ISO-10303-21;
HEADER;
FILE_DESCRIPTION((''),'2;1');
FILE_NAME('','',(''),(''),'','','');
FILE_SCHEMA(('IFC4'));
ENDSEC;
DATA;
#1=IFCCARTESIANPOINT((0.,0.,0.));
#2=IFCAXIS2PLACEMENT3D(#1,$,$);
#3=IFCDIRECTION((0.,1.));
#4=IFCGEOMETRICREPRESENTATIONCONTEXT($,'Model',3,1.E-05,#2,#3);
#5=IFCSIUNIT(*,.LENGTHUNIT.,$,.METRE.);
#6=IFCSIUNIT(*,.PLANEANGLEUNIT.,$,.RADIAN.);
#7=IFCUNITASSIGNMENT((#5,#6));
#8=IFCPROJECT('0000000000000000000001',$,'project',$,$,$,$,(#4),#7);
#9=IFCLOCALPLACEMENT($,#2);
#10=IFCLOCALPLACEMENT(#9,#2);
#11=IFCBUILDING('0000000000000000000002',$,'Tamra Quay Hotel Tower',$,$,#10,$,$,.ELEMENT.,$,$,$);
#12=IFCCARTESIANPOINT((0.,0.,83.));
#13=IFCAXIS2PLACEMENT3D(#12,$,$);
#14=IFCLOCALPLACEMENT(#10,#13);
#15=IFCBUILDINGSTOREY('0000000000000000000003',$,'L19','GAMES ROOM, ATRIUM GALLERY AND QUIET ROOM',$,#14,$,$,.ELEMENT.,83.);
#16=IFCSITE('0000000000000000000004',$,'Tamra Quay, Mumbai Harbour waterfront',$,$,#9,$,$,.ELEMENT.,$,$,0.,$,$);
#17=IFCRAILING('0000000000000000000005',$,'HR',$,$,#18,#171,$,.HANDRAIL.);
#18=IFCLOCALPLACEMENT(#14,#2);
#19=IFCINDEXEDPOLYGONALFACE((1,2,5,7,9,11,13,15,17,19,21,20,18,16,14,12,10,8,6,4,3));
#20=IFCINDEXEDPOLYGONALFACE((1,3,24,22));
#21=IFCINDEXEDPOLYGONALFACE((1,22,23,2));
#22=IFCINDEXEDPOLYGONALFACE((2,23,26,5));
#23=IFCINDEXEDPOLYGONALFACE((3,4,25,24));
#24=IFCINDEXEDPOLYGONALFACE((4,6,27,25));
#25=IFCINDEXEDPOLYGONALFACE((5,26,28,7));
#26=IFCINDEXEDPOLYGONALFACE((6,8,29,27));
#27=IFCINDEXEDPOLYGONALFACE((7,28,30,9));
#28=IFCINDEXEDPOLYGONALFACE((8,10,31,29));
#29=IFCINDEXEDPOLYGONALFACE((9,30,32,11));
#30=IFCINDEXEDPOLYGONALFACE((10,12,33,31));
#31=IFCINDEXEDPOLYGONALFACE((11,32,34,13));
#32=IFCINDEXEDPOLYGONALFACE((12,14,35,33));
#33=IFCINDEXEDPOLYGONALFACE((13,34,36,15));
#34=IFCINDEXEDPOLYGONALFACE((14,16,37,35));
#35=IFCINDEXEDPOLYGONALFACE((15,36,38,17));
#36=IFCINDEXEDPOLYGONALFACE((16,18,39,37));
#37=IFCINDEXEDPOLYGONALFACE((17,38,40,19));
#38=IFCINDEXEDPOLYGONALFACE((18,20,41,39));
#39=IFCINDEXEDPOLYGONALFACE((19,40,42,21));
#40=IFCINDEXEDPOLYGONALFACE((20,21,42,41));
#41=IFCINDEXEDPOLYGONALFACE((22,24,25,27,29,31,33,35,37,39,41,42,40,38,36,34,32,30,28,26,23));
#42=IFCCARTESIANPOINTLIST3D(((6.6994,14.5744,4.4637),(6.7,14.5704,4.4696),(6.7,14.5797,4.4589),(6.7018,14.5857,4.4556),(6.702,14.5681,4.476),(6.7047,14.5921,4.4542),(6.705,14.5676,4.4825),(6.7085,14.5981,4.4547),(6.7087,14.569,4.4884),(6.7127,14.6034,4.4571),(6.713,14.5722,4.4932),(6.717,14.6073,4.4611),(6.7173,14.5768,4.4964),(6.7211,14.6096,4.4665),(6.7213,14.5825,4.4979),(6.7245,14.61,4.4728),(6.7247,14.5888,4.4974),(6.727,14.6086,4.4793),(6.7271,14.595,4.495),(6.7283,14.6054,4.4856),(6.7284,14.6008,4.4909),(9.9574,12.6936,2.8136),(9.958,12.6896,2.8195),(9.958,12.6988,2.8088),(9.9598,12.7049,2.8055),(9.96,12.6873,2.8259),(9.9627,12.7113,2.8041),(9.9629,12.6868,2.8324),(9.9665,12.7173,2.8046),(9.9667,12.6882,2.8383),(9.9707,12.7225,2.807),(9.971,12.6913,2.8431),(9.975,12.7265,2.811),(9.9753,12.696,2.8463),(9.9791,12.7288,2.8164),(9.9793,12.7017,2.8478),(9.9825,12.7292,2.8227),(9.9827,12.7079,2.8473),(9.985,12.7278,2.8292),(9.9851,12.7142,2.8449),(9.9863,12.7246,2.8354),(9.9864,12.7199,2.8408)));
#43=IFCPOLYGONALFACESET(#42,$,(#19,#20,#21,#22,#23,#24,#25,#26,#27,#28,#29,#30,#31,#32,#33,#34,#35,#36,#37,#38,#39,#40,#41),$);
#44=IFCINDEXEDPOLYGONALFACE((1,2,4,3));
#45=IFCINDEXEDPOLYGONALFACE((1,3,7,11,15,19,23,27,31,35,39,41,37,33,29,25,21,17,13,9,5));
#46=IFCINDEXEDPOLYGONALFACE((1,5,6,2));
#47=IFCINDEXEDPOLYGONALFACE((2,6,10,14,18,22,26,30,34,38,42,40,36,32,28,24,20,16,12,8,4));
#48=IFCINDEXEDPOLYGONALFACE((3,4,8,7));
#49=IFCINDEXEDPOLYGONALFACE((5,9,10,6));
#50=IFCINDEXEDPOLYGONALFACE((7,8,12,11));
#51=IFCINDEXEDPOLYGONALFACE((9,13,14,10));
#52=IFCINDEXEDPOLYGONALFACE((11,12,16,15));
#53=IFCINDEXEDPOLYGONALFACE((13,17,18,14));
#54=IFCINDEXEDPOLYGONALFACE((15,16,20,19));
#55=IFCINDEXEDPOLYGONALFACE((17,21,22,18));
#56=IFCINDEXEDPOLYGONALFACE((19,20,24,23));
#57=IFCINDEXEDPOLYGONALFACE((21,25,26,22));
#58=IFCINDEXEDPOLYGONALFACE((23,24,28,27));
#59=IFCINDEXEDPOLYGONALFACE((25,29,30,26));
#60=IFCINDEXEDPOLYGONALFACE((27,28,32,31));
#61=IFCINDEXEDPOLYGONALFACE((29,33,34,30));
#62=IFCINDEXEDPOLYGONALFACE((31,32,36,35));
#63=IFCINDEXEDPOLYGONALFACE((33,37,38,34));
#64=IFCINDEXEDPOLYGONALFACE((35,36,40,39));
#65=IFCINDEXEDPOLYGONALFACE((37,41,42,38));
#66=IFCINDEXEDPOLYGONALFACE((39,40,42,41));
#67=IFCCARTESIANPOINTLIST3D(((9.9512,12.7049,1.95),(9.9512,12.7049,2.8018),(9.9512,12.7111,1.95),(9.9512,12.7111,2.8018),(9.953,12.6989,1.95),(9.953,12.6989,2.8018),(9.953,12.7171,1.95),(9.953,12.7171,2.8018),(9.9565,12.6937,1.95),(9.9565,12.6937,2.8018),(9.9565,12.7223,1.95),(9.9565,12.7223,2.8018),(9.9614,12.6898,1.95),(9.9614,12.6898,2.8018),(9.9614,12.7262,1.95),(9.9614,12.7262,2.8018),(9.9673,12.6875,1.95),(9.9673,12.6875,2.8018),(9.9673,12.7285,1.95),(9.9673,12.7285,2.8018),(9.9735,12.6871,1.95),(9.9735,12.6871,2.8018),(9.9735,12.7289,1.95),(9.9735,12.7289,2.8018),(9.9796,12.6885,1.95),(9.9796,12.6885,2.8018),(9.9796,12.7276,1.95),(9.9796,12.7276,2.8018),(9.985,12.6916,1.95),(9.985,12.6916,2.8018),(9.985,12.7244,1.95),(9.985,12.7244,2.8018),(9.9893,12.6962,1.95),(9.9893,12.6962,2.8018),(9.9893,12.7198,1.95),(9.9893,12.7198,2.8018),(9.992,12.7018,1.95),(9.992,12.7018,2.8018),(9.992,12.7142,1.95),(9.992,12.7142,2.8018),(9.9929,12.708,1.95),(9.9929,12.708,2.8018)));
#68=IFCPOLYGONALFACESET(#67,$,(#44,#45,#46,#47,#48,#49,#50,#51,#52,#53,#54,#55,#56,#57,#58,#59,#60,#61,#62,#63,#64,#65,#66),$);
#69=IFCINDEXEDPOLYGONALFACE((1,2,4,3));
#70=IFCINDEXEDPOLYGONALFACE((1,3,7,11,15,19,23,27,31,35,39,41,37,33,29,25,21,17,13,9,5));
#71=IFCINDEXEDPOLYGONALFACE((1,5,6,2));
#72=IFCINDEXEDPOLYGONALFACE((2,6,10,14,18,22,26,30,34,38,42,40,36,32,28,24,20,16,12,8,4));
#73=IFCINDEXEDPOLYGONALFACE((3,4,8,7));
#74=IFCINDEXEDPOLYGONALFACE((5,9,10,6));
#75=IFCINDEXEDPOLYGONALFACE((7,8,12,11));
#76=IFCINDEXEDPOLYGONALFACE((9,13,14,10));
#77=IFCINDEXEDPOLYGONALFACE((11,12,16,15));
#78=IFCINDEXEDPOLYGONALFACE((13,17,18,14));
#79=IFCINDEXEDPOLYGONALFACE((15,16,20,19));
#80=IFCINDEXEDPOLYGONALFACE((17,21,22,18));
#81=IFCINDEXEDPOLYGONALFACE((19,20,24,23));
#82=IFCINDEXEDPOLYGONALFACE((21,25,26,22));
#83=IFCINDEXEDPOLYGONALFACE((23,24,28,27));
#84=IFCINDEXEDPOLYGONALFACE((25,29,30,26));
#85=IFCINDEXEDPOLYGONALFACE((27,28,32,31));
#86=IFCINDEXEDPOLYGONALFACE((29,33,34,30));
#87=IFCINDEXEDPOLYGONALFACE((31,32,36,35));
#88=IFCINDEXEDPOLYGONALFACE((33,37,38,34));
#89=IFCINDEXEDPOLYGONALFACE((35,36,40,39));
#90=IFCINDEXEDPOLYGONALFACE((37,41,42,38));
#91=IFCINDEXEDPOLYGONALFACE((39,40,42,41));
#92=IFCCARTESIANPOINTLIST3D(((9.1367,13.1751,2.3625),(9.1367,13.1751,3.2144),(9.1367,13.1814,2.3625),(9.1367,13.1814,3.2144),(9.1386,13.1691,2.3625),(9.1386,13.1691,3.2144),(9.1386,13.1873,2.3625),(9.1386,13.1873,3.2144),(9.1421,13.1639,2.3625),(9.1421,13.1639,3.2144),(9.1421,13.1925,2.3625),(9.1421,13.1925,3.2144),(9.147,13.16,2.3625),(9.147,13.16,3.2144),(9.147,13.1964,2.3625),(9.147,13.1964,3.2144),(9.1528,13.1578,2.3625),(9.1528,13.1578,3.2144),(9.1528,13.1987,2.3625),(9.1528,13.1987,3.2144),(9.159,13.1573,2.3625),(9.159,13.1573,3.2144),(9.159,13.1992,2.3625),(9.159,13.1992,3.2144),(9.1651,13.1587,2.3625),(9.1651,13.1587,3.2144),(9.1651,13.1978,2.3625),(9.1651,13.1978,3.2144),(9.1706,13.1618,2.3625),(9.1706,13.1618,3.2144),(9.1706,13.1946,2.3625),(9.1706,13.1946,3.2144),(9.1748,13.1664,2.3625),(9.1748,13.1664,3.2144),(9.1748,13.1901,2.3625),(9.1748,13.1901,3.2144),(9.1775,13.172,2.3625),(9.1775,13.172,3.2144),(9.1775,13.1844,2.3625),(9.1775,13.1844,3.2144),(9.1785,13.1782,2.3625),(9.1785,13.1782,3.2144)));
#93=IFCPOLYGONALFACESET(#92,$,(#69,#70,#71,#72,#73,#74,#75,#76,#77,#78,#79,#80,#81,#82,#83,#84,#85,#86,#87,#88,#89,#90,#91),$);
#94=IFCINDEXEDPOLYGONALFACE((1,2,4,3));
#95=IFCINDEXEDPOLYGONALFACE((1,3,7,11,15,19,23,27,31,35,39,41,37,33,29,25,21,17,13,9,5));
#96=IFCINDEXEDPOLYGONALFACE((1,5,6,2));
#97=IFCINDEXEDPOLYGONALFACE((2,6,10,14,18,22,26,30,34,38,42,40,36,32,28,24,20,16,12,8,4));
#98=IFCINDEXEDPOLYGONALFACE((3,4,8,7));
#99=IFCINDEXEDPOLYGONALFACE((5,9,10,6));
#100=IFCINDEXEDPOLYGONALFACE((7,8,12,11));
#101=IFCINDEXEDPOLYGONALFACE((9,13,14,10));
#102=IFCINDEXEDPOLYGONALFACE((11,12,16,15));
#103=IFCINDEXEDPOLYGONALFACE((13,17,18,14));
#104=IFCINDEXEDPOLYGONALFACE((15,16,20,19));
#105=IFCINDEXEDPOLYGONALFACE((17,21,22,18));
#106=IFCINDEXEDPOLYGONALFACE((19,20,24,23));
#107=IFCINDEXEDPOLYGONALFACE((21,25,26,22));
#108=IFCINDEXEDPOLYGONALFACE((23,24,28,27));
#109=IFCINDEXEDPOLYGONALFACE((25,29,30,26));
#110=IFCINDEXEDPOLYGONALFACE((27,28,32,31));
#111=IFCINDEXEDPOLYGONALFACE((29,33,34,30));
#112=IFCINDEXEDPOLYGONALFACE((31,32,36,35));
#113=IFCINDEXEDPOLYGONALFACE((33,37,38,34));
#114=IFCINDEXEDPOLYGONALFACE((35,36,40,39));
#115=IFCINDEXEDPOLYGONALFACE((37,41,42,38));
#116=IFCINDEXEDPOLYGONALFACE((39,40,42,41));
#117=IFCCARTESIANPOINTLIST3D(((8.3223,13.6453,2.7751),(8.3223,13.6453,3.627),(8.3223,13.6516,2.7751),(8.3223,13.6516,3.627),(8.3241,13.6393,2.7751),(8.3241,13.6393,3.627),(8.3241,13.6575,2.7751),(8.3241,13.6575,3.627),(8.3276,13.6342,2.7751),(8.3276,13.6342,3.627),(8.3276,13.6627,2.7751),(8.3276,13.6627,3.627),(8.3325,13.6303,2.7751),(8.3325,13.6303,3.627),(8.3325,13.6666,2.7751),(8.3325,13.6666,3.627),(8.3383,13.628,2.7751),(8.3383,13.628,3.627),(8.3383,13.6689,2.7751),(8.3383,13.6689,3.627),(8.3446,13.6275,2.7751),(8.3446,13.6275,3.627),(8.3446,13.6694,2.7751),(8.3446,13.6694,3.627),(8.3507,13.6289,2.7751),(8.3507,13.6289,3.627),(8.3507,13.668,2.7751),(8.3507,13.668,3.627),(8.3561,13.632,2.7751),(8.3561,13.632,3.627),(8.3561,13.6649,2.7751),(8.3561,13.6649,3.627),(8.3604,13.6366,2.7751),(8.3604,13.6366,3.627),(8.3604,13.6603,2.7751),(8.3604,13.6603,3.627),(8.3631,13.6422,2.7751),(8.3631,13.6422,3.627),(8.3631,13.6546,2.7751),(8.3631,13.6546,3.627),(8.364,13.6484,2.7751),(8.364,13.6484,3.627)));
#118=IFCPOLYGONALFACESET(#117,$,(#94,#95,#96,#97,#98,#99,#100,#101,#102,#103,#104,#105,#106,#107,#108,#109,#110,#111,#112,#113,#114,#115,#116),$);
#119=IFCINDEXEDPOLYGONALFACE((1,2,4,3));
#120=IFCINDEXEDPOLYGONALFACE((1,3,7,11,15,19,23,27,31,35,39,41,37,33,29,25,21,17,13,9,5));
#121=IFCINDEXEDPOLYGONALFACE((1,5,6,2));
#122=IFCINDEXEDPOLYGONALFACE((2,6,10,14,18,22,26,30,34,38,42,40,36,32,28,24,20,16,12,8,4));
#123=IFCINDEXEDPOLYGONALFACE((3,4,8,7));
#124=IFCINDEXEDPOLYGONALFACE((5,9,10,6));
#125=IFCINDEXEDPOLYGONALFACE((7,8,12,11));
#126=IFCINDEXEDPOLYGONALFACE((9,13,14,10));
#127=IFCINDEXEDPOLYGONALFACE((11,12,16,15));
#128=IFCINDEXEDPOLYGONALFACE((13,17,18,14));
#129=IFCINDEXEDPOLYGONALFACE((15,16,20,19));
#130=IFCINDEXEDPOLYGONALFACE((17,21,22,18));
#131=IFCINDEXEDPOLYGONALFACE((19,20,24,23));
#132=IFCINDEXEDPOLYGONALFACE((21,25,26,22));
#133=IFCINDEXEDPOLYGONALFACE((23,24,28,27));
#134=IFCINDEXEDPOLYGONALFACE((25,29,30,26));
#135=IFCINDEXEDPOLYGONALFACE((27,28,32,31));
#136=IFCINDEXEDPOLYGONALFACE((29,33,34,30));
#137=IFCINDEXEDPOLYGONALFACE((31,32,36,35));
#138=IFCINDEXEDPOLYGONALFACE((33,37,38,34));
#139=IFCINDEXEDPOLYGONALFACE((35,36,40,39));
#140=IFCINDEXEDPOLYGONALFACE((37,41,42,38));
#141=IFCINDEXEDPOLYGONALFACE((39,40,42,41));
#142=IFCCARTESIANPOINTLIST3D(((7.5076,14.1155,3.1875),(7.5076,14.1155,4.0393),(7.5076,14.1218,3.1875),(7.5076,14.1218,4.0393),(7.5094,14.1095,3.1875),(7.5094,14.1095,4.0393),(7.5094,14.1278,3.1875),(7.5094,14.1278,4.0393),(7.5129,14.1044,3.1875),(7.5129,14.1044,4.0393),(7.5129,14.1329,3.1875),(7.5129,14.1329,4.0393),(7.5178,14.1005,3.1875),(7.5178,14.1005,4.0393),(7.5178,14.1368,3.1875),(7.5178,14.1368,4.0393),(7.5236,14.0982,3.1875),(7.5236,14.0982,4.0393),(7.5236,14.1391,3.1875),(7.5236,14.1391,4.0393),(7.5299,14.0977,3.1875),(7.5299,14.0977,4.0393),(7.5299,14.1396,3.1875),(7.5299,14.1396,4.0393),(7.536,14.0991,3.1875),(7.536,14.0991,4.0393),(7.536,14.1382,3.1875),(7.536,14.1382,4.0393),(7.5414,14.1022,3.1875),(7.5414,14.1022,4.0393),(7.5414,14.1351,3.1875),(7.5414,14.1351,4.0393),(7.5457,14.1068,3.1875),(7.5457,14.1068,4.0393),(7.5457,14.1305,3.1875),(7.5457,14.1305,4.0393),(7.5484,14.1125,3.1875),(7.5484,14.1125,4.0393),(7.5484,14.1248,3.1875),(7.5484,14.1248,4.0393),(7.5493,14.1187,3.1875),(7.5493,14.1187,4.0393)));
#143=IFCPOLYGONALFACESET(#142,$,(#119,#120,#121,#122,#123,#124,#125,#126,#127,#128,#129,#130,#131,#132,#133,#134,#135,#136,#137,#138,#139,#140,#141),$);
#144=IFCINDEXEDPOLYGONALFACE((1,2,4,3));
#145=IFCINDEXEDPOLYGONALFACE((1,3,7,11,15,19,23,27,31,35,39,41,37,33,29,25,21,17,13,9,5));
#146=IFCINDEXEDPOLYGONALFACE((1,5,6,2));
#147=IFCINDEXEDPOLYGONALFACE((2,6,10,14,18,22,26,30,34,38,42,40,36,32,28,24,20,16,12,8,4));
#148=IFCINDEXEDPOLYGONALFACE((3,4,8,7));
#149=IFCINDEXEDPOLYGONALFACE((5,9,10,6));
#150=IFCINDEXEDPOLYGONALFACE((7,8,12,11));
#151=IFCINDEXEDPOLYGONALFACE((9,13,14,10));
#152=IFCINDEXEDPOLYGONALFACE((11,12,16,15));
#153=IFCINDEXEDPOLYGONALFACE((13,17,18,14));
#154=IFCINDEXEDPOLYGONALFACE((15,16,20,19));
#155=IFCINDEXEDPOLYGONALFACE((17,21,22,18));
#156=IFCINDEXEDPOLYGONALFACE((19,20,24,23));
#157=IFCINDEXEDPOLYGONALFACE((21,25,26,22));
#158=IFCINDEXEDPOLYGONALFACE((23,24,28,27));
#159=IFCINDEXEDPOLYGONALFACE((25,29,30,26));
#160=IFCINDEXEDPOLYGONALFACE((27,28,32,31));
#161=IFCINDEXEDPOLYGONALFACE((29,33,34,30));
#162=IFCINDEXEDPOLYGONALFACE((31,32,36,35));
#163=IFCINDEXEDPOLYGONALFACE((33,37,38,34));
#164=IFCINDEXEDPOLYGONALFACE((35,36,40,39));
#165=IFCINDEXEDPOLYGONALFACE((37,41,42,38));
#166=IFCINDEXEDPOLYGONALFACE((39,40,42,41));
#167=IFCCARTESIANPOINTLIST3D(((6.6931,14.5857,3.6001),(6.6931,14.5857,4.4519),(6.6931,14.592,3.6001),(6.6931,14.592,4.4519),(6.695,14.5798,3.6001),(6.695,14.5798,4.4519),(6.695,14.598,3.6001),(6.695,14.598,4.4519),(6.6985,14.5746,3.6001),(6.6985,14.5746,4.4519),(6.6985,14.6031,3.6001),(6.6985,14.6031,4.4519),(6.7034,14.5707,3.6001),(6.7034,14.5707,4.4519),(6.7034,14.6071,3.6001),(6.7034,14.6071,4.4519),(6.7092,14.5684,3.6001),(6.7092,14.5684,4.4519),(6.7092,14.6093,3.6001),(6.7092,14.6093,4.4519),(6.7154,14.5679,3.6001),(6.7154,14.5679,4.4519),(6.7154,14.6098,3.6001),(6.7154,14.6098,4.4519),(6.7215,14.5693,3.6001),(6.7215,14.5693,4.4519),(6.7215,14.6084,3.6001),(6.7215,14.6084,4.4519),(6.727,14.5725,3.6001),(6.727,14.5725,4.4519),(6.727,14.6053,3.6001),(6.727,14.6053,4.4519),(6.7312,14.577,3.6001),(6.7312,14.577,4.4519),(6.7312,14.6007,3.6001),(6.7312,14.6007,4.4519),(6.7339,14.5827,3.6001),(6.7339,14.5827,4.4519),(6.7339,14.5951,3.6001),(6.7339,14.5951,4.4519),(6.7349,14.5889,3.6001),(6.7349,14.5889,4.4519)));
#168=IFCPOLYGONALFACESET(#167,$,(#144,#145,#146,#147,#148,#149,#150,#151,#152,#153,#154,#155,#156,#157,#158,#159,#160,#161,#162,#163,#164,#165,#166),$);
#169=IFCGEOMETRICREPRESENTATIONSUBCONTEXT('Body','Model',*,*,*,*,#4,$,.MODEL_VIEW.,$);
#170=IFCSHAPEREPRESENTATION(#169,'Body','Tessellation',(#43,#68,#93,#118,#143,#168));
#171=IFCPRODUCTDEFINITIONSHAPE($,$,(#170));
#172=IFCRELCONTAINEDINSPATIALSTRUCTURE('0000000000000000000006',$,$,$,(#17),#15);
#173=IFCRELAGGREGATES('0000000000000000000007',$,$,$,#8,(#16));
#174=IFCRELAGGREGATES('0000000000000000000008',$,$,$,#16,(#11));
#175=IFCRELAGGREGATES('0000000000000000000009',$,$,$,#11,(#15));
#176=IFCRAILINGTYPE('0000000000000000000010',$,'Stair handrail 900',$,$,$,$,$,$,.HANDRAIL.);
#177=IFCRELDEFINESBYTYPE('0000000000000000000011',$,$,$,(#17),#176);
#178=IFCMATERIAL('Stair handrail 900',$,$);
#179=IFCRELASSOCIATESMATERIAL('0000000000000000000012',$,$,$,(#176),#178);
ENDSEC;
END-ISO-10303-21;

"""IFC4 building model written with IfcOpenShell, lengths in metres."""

from ifc_helpers import new_model, si_unit, direction, frame, origin, origin_2d, place, context, subcontext, project, spatial, circle, extrude, material, type_object, element, save


model = new_model("IFC4")

# Units and contexts
model_context = context("Model", 3, precision=1e-05, world=origin(), true_north=direction((0.0, 1.0)))
body_context = subcontext(model_context, "Body", "Model", "MODEL_VIEW")
ifc_project = project(units=[si_unit("LENGTHUNIT", "METRE"), si_unit("PLANEANGLEUNIT", "RADIAN")], contexts=[model_context])

# Site, building, storey
site_placement = place(None, origin())
site = spatial("IfcSite", under=ifc_project, at=site_placement, Name="Tamra Quay, Mumbai Harbour waterfront", CompositionType="ELEMENT", RefElevation=0.0)
building_placement = place(site_placement, origin())
building = spatial("IfcBuilding", under=site, at=building_placement, Name="Tamra Quay Hotel Tower", CompositionType="ELEMENT")
storey_placement = place(building_placement, frame((0.0, 0.0, 83.0)))
storey = spatial("IfcBuildingStorey", under=building, at=storey_placement, Name="L19", Description="GAMES ROOM, ATRIUM GALLERY AND QUIET ROOM", CompositionType="ELEMENT", Elevation=83.0)

# Railing
ifc_material_1 = material(Name="Stair handrail 900")
railing_type_1 = type_object("IfcRailingType", Name="Stair handrail 900", PredefinedType="HANDRAIL", material=ifc_material_1)
railing_1_placement = place(storey_placement, frame((9.9719, 12.708, 1.95)))
element("IfcRailing", 1, at=railing_1_placement, inside=storey, type_object=railing_type_1, Name="HR", PredefinedType="HANDRAIL", context=body_context, shape_type="SweptSolid", body=[
    extrude(circle(Radius=0.0239, at=origin_2d()), frame((0.0, 0.0, 0.876), z_axis=(-0.793103, 0.457854, 0.401692), x_axis=(-0.499964, -0.866046, 0.0)), (0.0, 0.0, 1.0), 4.1079),
    extrude(circle(Radius=0.021, at=origin_2d()), origin(), (0.0, 0.0, 1.0), 0.8518),
    extrude(circle(Radius=0.021, at=origin_2d()), frame((-0.8145, 0.4702, 0.4126)), (0.0, 0.0, 1.0), 0.8518),
    extrude(circle(Radius=0.021, at=origin_2d()), frame((-1.6289, 0.9404, 0.8252)), (0.0, 0.0, 1.0), 0.8518),
    extrude(circle(Radius=0.021, at=origin_2d()), frame((-2.4436, 1.4106, 1.2375)), (0.0, 0.0, 1.0), 0.8518),
    extrude(circle(Radius=0.021, at=origin_2d()), frame((-3.2581, 1.8809, 1.6501)), (0.0, 0.0, 1.0), 0.8518),
])

save(model, "model.ifc")
